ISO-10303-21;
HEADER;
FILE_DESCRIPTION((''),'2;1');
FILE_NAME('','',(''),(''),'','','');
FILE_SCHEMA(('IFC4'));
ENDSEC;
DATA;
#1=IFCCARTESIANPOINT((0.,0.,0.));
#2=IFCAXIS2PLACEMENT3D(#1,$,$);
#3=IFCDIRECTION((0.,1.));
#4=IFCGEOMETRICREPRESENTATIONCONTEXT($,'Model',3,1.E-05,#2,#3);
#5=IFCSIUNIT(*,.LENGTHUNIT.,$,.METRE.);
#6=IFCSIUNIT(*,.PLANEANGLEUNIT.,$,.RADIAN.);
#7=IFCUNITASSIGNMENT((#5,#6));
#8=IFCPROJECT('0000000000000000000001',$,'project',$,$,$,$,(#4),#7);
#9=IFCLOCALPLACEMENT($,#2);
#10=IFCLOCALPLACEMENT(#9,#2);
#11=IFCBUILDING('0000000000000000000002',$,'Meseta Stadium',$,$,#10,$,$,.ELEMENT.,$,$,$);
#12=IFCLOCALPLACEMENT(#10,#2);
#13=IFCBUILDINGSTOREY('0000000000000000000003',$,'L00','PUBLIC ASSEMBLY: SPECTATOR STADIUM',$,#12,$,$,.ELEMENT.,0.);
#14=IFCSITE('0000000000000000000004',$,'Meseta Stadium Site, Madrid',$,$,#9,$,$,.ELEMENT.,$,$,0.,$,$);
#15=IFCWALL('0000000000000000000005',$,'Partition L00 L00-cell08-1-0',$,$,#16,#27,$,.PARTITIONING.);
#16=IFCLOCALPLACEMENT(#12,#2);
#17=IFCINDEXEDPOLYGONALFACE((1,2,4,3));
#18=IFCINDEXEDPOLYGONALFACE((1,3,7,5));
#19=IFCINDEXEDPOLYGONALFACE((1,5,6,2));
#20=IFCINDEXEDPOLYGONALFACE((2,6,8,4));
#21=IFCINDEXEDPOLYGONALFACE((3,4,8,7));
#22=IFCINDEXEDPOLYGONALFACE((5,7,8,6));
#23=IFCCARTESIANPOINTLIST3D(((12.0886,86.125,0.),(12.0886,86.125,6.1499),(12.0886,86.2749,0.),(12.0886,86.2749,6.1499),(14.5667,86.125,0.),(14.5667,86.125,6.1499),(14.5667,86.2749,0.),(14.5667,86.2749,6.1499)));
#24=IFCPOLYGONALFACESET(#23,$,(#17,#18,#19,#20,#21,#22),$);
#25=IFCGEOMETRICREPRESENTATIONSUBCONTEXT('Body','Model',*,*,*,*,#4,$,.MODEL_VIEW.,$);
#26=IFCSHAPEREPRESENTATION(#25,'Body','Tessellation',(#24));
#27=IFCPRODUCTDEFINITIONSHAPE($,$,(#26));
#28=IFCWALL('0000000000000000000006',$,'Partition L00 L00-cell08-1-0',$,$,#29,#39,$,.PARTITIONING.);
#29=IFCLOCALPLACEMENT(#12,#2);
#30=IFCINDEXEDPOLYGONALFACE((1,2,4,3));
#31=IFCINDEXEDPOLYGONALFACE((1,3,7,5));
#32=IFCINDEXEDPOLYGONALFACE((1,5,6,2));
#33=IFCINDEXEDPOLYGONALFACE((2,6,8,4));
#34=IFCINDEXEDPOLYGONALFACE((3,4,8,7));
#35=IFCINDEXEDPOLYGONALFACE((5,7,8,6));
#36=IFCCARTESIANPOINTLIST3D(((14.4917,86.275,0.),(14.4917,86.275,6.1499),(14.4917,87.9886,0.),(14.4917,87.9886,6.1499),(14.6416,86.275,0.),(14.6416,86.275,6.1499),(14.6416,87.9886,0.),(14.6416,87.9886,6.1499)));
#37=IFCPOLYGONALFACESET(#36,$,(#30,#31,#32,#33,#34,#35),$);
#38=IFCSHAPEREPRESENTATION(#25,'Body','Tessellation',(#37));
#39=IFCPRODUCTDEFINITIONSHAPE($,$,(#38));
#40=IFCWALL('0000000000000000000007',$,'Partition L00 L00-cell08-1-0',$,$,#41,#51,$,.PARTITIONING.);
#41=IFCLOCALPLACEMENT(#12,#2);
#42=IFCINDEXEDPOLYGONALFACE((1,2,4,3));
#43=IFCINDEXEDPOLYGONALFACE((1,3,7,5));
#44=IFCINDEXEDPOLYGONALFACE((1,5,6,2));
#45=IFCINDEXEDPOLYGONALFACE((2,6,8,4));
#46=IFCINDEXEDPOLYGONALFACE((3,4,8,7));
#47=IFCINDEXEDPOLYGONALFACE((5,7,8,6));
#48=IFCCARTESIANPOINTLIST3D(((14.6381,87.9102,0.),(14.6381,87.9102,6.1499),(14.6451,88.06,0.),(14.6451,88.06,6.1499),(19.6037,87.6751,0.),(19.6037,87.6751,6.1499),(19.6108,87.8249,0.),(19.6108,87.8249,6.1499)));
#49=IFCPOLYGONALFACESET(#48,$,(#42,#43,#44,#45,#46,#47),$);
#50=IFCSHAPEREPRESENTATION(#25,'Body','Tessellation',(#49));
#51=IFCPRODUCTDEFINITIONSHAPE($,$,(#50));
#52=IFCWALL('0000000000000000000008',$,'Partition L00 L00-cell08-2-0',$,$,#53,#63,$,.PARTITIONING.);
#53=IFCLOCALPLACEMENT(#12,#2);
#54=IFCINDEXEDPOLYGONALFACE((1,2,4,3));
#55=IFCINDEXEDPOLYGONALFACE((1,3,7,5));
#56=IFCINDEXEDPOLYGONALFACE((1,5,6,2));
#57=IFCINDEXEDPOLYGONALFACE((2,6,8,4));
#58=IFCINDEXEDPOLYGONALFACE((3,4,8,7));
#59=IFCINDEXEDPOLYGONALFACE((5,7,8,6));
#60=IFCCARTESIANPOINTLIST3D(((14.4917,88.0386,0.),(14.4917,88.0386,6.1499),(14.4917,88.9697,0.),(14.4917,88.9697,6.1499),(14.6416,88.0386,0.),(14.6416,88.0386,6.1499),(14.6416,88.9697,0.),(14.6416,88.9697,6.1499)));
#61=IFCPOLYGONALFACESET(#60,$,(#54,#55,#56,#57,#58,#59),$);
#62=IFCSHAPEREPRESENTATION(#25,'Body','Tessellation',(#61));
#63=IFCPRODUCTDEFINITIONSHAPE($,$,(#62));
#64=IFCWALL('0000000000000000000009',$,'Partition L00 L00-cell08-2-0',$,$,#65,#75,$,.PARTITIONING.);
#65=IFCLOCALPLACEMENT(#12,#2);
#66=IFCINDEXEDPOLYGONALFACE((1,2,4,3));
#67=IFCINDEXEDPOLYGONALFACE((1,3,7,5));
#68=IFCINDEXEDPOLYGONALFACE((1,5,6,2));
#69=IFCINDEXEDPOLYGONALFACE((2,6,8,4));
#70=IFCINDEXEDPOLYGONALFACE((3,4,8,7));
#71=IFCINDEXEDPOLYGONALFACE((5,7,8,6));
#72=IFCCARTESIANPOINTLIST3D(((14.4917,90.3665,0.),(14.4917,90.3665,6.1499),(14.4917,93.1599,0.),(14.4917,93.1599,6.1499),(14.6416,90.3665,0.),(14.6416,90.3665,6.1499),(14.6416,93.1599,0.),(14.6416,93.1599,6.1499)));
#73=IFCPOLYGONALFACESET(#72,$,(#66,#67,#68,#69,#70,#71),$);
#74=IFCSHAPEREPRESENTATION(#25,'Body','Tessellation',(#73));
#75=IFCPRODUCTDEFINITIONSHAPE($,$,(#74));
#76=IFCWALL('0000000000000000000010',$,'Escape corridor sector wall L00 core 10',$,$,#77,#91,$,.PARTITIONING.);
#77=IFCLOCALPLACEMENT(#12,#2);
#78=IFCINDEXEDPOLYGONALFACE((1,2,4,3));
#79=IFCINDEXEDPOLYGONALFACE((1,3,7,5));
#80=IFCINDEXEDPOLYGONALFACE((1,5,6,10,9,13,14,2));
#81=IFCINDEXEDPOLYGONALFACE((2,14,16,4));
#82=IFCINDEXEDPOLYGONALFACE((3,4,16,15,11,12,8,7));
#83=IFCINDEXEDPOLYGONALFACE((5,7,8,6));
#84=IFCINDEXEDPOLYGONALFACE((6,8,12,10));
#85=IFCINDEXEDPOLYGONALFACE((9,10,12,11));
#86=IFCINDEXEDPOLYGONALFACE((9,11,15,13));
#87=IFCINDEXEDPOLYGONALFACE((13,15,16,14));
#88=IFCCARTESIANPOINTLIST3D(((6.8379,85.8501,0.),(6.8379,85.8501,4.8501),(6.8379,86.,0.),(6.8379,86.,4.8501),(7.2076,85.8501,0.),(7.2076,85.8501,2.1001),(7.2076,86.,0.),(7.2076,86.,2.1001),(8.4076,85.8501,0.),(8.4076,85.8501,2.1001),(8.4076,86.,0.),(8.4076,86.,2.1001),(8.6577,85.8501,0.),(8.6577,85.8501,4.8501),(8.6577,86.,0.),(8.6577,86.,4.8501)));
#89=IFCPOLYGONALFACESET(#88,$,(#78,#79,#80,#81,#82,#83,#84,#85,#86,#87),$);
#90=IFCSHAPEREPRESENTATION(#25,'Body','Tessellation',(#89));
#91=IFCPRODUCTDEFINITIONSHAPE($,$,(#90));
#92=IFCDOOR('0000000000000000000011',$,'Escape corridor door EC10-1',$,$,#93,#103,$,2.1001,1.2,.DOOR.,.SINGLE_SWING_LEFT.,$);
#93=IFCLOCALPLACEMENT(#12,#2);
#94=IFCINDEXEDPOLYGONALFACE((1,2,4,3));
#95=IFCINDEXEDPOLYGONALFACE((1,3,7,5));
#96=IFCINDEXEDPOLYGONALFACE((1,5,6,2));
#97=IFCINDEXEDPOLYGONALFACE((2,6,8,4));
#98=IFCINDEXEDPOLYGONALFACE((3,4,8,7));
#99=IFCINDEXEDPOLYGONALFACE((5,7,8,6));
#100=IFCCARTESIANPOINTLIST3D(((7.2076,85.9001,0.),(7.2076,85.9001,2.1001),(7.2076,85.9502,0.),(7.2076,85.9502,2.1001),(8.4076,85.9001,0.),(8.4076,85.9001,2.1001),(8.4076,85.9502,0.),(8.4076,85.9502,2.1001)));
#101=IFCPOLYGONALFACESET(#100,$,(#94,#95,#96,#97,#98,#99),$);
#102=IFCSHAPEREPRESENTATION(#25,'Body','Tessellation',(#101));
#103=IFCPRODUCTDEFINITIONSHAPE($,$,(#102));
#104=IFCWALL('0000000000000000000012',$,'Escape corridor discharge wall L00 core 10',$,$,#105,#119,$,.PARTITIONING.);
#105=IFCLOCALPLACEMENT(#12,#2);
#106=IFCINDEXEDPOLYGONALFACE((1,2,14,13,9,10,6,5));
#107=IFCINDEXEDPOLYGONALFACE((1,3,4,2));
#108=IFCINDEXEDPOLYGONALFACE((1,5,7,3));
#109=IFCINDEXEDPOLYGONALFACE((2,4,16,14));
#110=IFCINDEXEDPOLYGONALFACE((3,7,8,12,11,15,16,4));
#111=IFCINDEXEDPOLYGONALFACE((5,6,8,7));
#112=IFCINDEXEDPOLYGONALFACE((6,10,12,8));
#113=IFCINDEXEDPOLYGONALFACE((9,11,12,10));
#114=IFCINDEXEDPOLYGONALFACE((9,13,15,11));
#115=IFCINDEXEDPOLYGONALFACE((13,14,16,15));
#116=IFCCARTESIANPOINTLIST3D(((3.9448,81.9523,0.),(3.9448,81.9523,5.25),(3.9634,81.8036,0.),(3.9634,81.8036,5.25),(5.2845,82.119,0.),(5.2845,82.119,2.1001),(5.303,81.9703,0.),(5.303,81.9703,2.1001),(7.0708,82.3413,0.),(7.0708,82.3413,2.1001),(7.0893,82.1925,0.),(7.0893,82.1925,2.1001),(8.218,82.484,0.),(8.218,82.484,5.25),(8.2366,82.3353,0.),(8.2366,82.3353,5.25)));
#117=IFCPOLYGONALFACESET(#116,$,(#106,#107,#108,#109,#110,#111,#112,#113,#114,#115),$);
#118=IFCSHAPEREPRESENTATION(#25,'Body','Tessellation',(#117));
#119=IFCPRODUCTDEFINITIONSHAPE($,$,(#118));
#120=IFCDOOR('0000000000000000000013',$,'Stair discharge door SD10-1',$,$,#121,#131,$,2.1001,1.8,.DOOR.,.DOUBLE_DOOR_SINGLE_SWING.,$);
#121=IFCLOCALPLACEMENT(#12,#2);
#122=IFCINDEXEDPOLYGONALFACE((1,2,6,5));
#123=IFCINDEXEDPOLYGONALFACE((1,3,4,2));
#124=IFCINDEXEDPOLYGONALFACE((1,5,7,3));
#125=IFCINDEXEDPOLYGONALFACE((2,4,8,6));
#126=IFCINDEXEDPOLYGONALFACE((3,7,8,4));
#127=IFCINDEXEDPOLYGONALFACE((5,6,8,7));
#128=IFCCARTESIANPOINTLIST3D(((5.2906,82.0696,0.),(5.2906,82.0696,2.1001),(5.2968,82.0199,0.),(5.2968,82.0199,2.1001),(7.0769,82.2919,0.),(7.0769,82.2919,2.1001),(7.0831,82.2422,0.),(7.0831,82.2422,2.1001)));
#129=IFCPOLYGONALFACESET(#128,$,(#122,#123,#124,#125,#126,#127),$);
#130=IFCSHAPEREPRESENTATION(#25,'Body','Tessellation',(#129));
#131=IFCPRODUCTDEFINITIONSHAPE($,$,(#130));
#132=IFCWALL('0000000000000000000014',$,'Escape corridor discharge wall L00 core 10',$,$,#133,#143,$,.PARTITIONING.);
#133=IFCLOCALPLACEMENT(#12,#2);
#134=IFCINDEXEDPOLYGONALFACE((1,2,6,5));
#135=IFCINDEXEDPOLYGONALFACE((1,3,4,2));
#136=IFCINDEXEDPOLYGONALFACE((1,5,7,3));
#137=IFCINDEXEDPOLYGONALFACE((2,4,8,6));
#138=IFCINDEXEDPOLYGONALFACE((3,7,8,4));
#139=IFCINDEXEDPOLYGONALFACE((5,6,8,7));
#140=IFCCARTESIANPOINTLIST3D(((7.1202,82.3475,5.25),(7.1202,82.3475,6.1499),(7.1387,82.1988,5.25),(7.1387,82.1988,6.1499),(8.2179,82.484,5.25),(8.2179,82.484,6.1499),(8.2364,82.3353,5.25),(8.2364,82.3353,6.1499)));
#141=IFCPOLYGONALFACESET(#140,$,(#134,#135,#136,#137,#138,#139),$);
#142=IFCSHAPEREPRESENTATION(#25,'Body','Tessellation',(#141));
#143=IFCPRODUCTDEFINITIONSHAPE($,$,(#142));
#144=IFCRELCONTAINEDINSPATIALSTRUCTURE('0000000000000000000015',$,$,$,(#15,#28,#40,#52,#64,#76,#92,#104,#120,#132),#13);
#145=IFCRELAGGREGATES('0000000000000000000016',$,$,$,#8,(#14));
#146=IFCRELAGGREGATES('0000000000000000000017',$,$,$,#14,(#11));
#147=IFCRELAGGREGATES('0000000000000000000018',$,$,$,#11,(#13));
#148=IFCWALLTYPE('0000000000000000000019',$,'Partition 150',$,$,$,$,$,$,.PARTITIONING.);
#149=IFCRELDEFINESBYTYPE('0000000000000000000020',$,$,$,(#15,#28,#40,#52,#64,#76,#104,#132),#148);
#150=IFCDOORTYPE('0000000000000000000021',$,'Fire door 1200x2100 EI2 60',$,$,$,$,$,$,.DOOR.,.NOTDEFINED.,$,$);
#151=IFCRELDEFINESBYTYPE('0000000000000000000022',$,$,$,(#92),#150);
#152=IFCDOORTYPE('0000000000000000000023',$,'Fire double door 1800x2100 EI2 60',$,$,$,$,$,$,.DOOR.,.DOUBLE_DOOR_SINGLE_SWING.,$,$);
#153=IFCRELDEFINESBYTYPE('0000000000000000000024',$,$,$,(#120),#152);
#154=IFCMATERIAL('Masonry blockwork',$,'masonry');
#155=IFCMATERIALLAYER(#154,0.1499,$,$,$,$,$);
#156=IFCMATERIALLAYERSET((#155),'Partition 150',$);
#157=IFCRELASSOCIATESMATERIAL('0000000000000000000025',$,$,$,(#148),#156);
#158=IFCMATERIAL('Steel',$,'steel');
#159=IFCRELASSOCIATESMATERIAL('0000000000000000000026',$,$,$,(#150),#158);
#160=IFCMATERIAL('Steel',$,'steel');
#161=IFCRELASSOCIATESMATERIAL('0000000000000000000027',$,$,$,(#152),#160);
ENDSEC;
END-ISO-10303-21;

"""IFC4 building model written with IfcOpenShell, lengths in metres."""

from ifc_helpers import new_model, si_unit, direction, frame, frame_2d, origin, place, context, subcontext, project, spatial, rectangle, extrude, material, layer, layer_set, type_object, element, fill, save


model = new_model("IFC4")

# Units and contexts
model_context = context("Model", 3, precision=1e-05, world=origin(), true_north=direction((0.0, 1.0)))
body_context = subcontext(model_context, "Body", "Model", "MODEL_VIEW")
ifc_project = project(units=[si_unit("LENGTHUNIT", "METRE"), si_unit("PLANEANGLEUNIT", "RADIAN")], contexts=[model_context])

# Site, building, storey
site_placement = place(None, origin())
site = spatial("IfcSite", under=ifc_project, at=site_placement, Name="Meseta Stadium Site, Madrid", CompositionType="ELEMENT", RefElevation=0.0)
building_placement = place(site_placement, origin())
building = spatial("IfcBuilding", under=site, at=building_placement, Name="Meseta Stadium", CompositionType="ELEMENT")
storey_placement = place(building_placement, origin())
storey = spatial("IfcBuildingStorey", under=building, at=storey_placement, Name="L00", Description="PUBLIC ASSEMBLY: SPECTATOR STADIUM", CompositionType="ELEMENT", Elevation=0.0)

# Walls
ifc_material_1 = material(Name="Masonry blockwork", Category="masonry")
ifc_layer_1 = layer(ifc_material_1, 0.1499)
ifc_layer_set_1 = layer_set([ifc_layer_1], Name="Partition 150")
wall_type_1 = type_object("IfcWallType", Name="Partition 150", PredefinedType="PARTITIONING", material=ifc_layer_set_1)
wall_1_placement = place(storey_placement, frame((12.0886, 86.2, 0.0), z_axis=(0.0, 0.0, 1.0), x_axis=(1.0, 0.0, 0.0)))
element("IfcWall", 1, at=wall_1_placement, inside=storey, type_object=wall_type_1, Name="Partition L00 L00-cell08-1-0", PredefinedType="PARTITIONING", context=body_context, shape_type="SweptSolid", body=[
    extrude(rectangle(XDim=2.478, YDim=0.1499, at=frame_2d((1.239, 0.0))), origin(), (0.0, 0.0, 1.0), 6.1499),
])
wall_2_placement = place(storey_placement, frame((14.5667, 86.2749, 0.0), z_axis=(0.0, 0.0, 1.0), x_axis=(0.0, 1.0, 0.0)))
element("IfcWall", 2, at=wall_2_placement, inside=storey, type_object=wall_type_1, Name="Partition L00 L00-cell08-1-0", PredefinedType="PARTITIONING", context=body_context, shape_type="SweptSolid", body=[
    extrude(rectangle(XDim=1.7136, YDim=0.1499, at=frame_2d((0.8569, 0.0))), origin(), (0.0, 0.0, 1.0), 6.1499),
])
wall_3_placement = place(storey_placement, frame((14.6416, 87.9851, 0.0), z_axis=(0.0, 0.0, 1.0), x_axis=(0.998881, -0.047294, 0.0)))
element("IfcWall", 3, at=wall_3_placement, inside=storey, type_object=wall_type_1, Name="Partition L00 L00-cell08-1-0", PredefinedType="PARTITIONING", context=body_context, shape_type="SweptSolid", body=[
    extrude(rectangle(XDim=4.9712, YDim=0.1499, at=frame_2d((2.4856, 0.0))), origin(), (0.0, 0.0, 1.0), 6.1499),
])
wall_4_placement = place(storey_placement, frame((14.5667, 88.0386, 0.0), z_axis=(0.0, 0.0, 1.0), x_axis=(0.0, 1.0, 0.0)))
element("IfcWall", 4, at=wall_4_placement, inside=storey, type_object=wall_type_1, Name="Partition L00 L00-cell08-2-0", PredefinedType="PARTITIONING", context=body_context, shape_type="SweptSolid", body=[
    extrude(rectangle(XDim=0.9312, YDim=0.1499, at=frame_2d((0.4656, 0.0))), origin(), (0.0, 0.0, 1.0), 6.1499),
])
wall_5_placement = place(storey_placement, frame((14.5667, 90.3665, 0.0), z_axis=(0.0, 0.0, 1.0), x_axis=(0.0, 1.0, 0.0)))
element("IfcWall", 5, at=wall_5_placement, inside=storey, type_object=wall_type_1, Name="Partition L00 L00-cell08-2-0", PredefinedType="PARTITIONING", context=body_context, shape_type="SweptSolid", body=[
    extrude(rectangle(XDim=2.7935, YDim=0.1499, at=frame_2d((1.3967, 0.0))), origin(), (0.0, 0.0, 1.0), 6.1499),
])

# Walls, openings, doors
wall_6_placement = place(storey_placement, frame((8.6577, 85.925, 0.0), z_axis=(0.0, 0.0, 1.0), x_axis=(-1.0, 0.0, 0.0)))
wall_6 = element("IfcWall", 6, at=wall_6_placement, inside=storey, type_object=wall_type_1, Name="Escape corridor sector wall L00 core 10", PredefinedType="PARTITIONING", context=body_context, shape_type="SweptSolid", body=[
    extrude(rectangle(XDim=1.8198, YDim=0.1499, at=frame_2d((0.9099, 0.0))), origin(), (0.0, 0.0, 1.0), 4.8501),
])
opening_1_placement = place(wall_6_placement, frame((0.25, 0.0, 0.0)))
opening_1 = element("IfcOpeningElement", 7, at=opening_1_placement, cuts=wall_6, PredefinedType="OPENING", context=body_context, shape_type="SweptSolid", body=[
    extrude(rectangle(XDim=1.2, YDim=2.1001, at=frame_2d((0.6001, 1.05))), frame((0.0, 0.085, 0.0), z_axis=(0.0, -1.0, 0.0), x_axis=(1.0, 0.0, 0.0)), (0.0, 0.0, 1.0), 0.1699),
])
ifc_material_2 = material(Name="Steel", Category="steel")
door_type_1 = type_object("IfcDoorType", Name="Fire door 1200x2100 EI2 60", OperationType="NOTDEFINED", PredefinedType="DOOR", material=ifc_material_2)
door_1_placement = place(opening_1_placement, origin())
door_1 = element("IfcDoor", 8, at=door_1_placement, inside=storey, type_object=door_type_1, Name="Escape corridor door EC10-1", OperationType="SINGLE_SWING_LEFT", OverallHeight=2.1001, OverallWidth=1.2, PredefinedType="DOOR", context=body_context, shape_type="SweptSolid", body=[
    extrude(rectangle(XDim=1.2, YDim=2.1001, at=frame_2d((0.6001, 1.05))), frame((0.0, 0.0249, 0.0), z_axis=(0.0, -1.0, 0.0), x_axis=(1.0, 0.0, 0.0)), (0.0, 0.0, 1.0), 0.05),
])
fill(opening_1, door_1)
wall_7_placement = place(storey_placement, frame((8.2273, 82.4097, 0.0), z_axis=(0.0, 0.0, 1.0), x_axis=(-0.992347, -0.123483, 0.0)))
wall_7 = element("IfcWall", 9, at=wall_7_placement, inside=storey, type_object=wall_type_1, Name="Escape corridor discharge wall L00 core 10", PredefinedType="PARTITIONING", context=body_context, shape_type="SweptSolid", body=[
    extrude(rectangle(XDim=4.3062, YDim=0.1499, at=frame_2d((2.1531, 0.0))), origin(), (0.0, 0.0, 1.0), 5.25),
])
opening_2_placement = place(wall_7_placement, frame((1.1562, 0.0, 0.0)))
opening_2 = element("IfcOpeningElement", 10, at=opening_2_placement, cuts=wall_7, PredefinedType="OPENING", context=body_context, shape_type="SweptSolid", body=[
    extrude(rectangle(XDim=1.8, YDim=2.1001, at=frame_2d((0.8999, 1.05))), frame((0.0, 0.085, 0.0), z_axis=(0.0, -1.0, 0.0), x_axis=(1.0, 0.0, 0.0)), (0.0, 0.0, 1.0), 0.1699),
])
ifc_material_3 = material(Name="Steel", Category="steel")
door_type_2 = type_object("IfcDoorType", Name="Fire double door 1800x2100 EI2 60", OperationType="DOUBLE_DOOR_SINGLE_SWING", PredefinedType="DOOR", material=ifc_material_3)
door_2_placement = place(opening_2_placement, origin())
door_2 = element("IfcDoor", 11, at=door_2_placement, inside=storey, type_object=door_type_2, Name="Stair discharge door SD10-1", OperationType="DOUBLE_DOOR_SINGLE_SWING", OverallHeight=2.1001, OverallWidth=1.8, PredefinedType="DOOR", context=body_context, shape_type="SweptSolid", body=[
    extrude(rectangle(XDim=1.8, YDim=2.1001, at=frame_2d((0.8999, 1.05))), frame((0.0, 0.0249, 0.0), z_axis=(0.0, -1.0, 0.0), x_axis=(1.0, 0.0, 0.0)), (0.0, 0.0, 1.0), 0.05),
])
fill(opening_2, door_2)

# Wall
wall_8_placement = place(storey_placement, frame((8.2273, 82.4097, 5.25), z_axis=(0.0, 0.0, 1.0), x_axis=(-0.992359, -0.123383, 0.0)))
element("IfcWall", 12, at=wall_8_placement, inside=storey, type_object=wall_type_1, Name="Escape corridor discharge wall L00 core 10", PredefinedType="PARTITIONING", context=body_context, shape_type="SweptSolid", body=[
    extrude(rectangle(XDim=1.1062, YDim=0.1499, at=frame_2d((0.5532, 0.0))), origin(), (0.0, 0.0, 1.0), 0.8999),
])

save(model, "model.ifc")
